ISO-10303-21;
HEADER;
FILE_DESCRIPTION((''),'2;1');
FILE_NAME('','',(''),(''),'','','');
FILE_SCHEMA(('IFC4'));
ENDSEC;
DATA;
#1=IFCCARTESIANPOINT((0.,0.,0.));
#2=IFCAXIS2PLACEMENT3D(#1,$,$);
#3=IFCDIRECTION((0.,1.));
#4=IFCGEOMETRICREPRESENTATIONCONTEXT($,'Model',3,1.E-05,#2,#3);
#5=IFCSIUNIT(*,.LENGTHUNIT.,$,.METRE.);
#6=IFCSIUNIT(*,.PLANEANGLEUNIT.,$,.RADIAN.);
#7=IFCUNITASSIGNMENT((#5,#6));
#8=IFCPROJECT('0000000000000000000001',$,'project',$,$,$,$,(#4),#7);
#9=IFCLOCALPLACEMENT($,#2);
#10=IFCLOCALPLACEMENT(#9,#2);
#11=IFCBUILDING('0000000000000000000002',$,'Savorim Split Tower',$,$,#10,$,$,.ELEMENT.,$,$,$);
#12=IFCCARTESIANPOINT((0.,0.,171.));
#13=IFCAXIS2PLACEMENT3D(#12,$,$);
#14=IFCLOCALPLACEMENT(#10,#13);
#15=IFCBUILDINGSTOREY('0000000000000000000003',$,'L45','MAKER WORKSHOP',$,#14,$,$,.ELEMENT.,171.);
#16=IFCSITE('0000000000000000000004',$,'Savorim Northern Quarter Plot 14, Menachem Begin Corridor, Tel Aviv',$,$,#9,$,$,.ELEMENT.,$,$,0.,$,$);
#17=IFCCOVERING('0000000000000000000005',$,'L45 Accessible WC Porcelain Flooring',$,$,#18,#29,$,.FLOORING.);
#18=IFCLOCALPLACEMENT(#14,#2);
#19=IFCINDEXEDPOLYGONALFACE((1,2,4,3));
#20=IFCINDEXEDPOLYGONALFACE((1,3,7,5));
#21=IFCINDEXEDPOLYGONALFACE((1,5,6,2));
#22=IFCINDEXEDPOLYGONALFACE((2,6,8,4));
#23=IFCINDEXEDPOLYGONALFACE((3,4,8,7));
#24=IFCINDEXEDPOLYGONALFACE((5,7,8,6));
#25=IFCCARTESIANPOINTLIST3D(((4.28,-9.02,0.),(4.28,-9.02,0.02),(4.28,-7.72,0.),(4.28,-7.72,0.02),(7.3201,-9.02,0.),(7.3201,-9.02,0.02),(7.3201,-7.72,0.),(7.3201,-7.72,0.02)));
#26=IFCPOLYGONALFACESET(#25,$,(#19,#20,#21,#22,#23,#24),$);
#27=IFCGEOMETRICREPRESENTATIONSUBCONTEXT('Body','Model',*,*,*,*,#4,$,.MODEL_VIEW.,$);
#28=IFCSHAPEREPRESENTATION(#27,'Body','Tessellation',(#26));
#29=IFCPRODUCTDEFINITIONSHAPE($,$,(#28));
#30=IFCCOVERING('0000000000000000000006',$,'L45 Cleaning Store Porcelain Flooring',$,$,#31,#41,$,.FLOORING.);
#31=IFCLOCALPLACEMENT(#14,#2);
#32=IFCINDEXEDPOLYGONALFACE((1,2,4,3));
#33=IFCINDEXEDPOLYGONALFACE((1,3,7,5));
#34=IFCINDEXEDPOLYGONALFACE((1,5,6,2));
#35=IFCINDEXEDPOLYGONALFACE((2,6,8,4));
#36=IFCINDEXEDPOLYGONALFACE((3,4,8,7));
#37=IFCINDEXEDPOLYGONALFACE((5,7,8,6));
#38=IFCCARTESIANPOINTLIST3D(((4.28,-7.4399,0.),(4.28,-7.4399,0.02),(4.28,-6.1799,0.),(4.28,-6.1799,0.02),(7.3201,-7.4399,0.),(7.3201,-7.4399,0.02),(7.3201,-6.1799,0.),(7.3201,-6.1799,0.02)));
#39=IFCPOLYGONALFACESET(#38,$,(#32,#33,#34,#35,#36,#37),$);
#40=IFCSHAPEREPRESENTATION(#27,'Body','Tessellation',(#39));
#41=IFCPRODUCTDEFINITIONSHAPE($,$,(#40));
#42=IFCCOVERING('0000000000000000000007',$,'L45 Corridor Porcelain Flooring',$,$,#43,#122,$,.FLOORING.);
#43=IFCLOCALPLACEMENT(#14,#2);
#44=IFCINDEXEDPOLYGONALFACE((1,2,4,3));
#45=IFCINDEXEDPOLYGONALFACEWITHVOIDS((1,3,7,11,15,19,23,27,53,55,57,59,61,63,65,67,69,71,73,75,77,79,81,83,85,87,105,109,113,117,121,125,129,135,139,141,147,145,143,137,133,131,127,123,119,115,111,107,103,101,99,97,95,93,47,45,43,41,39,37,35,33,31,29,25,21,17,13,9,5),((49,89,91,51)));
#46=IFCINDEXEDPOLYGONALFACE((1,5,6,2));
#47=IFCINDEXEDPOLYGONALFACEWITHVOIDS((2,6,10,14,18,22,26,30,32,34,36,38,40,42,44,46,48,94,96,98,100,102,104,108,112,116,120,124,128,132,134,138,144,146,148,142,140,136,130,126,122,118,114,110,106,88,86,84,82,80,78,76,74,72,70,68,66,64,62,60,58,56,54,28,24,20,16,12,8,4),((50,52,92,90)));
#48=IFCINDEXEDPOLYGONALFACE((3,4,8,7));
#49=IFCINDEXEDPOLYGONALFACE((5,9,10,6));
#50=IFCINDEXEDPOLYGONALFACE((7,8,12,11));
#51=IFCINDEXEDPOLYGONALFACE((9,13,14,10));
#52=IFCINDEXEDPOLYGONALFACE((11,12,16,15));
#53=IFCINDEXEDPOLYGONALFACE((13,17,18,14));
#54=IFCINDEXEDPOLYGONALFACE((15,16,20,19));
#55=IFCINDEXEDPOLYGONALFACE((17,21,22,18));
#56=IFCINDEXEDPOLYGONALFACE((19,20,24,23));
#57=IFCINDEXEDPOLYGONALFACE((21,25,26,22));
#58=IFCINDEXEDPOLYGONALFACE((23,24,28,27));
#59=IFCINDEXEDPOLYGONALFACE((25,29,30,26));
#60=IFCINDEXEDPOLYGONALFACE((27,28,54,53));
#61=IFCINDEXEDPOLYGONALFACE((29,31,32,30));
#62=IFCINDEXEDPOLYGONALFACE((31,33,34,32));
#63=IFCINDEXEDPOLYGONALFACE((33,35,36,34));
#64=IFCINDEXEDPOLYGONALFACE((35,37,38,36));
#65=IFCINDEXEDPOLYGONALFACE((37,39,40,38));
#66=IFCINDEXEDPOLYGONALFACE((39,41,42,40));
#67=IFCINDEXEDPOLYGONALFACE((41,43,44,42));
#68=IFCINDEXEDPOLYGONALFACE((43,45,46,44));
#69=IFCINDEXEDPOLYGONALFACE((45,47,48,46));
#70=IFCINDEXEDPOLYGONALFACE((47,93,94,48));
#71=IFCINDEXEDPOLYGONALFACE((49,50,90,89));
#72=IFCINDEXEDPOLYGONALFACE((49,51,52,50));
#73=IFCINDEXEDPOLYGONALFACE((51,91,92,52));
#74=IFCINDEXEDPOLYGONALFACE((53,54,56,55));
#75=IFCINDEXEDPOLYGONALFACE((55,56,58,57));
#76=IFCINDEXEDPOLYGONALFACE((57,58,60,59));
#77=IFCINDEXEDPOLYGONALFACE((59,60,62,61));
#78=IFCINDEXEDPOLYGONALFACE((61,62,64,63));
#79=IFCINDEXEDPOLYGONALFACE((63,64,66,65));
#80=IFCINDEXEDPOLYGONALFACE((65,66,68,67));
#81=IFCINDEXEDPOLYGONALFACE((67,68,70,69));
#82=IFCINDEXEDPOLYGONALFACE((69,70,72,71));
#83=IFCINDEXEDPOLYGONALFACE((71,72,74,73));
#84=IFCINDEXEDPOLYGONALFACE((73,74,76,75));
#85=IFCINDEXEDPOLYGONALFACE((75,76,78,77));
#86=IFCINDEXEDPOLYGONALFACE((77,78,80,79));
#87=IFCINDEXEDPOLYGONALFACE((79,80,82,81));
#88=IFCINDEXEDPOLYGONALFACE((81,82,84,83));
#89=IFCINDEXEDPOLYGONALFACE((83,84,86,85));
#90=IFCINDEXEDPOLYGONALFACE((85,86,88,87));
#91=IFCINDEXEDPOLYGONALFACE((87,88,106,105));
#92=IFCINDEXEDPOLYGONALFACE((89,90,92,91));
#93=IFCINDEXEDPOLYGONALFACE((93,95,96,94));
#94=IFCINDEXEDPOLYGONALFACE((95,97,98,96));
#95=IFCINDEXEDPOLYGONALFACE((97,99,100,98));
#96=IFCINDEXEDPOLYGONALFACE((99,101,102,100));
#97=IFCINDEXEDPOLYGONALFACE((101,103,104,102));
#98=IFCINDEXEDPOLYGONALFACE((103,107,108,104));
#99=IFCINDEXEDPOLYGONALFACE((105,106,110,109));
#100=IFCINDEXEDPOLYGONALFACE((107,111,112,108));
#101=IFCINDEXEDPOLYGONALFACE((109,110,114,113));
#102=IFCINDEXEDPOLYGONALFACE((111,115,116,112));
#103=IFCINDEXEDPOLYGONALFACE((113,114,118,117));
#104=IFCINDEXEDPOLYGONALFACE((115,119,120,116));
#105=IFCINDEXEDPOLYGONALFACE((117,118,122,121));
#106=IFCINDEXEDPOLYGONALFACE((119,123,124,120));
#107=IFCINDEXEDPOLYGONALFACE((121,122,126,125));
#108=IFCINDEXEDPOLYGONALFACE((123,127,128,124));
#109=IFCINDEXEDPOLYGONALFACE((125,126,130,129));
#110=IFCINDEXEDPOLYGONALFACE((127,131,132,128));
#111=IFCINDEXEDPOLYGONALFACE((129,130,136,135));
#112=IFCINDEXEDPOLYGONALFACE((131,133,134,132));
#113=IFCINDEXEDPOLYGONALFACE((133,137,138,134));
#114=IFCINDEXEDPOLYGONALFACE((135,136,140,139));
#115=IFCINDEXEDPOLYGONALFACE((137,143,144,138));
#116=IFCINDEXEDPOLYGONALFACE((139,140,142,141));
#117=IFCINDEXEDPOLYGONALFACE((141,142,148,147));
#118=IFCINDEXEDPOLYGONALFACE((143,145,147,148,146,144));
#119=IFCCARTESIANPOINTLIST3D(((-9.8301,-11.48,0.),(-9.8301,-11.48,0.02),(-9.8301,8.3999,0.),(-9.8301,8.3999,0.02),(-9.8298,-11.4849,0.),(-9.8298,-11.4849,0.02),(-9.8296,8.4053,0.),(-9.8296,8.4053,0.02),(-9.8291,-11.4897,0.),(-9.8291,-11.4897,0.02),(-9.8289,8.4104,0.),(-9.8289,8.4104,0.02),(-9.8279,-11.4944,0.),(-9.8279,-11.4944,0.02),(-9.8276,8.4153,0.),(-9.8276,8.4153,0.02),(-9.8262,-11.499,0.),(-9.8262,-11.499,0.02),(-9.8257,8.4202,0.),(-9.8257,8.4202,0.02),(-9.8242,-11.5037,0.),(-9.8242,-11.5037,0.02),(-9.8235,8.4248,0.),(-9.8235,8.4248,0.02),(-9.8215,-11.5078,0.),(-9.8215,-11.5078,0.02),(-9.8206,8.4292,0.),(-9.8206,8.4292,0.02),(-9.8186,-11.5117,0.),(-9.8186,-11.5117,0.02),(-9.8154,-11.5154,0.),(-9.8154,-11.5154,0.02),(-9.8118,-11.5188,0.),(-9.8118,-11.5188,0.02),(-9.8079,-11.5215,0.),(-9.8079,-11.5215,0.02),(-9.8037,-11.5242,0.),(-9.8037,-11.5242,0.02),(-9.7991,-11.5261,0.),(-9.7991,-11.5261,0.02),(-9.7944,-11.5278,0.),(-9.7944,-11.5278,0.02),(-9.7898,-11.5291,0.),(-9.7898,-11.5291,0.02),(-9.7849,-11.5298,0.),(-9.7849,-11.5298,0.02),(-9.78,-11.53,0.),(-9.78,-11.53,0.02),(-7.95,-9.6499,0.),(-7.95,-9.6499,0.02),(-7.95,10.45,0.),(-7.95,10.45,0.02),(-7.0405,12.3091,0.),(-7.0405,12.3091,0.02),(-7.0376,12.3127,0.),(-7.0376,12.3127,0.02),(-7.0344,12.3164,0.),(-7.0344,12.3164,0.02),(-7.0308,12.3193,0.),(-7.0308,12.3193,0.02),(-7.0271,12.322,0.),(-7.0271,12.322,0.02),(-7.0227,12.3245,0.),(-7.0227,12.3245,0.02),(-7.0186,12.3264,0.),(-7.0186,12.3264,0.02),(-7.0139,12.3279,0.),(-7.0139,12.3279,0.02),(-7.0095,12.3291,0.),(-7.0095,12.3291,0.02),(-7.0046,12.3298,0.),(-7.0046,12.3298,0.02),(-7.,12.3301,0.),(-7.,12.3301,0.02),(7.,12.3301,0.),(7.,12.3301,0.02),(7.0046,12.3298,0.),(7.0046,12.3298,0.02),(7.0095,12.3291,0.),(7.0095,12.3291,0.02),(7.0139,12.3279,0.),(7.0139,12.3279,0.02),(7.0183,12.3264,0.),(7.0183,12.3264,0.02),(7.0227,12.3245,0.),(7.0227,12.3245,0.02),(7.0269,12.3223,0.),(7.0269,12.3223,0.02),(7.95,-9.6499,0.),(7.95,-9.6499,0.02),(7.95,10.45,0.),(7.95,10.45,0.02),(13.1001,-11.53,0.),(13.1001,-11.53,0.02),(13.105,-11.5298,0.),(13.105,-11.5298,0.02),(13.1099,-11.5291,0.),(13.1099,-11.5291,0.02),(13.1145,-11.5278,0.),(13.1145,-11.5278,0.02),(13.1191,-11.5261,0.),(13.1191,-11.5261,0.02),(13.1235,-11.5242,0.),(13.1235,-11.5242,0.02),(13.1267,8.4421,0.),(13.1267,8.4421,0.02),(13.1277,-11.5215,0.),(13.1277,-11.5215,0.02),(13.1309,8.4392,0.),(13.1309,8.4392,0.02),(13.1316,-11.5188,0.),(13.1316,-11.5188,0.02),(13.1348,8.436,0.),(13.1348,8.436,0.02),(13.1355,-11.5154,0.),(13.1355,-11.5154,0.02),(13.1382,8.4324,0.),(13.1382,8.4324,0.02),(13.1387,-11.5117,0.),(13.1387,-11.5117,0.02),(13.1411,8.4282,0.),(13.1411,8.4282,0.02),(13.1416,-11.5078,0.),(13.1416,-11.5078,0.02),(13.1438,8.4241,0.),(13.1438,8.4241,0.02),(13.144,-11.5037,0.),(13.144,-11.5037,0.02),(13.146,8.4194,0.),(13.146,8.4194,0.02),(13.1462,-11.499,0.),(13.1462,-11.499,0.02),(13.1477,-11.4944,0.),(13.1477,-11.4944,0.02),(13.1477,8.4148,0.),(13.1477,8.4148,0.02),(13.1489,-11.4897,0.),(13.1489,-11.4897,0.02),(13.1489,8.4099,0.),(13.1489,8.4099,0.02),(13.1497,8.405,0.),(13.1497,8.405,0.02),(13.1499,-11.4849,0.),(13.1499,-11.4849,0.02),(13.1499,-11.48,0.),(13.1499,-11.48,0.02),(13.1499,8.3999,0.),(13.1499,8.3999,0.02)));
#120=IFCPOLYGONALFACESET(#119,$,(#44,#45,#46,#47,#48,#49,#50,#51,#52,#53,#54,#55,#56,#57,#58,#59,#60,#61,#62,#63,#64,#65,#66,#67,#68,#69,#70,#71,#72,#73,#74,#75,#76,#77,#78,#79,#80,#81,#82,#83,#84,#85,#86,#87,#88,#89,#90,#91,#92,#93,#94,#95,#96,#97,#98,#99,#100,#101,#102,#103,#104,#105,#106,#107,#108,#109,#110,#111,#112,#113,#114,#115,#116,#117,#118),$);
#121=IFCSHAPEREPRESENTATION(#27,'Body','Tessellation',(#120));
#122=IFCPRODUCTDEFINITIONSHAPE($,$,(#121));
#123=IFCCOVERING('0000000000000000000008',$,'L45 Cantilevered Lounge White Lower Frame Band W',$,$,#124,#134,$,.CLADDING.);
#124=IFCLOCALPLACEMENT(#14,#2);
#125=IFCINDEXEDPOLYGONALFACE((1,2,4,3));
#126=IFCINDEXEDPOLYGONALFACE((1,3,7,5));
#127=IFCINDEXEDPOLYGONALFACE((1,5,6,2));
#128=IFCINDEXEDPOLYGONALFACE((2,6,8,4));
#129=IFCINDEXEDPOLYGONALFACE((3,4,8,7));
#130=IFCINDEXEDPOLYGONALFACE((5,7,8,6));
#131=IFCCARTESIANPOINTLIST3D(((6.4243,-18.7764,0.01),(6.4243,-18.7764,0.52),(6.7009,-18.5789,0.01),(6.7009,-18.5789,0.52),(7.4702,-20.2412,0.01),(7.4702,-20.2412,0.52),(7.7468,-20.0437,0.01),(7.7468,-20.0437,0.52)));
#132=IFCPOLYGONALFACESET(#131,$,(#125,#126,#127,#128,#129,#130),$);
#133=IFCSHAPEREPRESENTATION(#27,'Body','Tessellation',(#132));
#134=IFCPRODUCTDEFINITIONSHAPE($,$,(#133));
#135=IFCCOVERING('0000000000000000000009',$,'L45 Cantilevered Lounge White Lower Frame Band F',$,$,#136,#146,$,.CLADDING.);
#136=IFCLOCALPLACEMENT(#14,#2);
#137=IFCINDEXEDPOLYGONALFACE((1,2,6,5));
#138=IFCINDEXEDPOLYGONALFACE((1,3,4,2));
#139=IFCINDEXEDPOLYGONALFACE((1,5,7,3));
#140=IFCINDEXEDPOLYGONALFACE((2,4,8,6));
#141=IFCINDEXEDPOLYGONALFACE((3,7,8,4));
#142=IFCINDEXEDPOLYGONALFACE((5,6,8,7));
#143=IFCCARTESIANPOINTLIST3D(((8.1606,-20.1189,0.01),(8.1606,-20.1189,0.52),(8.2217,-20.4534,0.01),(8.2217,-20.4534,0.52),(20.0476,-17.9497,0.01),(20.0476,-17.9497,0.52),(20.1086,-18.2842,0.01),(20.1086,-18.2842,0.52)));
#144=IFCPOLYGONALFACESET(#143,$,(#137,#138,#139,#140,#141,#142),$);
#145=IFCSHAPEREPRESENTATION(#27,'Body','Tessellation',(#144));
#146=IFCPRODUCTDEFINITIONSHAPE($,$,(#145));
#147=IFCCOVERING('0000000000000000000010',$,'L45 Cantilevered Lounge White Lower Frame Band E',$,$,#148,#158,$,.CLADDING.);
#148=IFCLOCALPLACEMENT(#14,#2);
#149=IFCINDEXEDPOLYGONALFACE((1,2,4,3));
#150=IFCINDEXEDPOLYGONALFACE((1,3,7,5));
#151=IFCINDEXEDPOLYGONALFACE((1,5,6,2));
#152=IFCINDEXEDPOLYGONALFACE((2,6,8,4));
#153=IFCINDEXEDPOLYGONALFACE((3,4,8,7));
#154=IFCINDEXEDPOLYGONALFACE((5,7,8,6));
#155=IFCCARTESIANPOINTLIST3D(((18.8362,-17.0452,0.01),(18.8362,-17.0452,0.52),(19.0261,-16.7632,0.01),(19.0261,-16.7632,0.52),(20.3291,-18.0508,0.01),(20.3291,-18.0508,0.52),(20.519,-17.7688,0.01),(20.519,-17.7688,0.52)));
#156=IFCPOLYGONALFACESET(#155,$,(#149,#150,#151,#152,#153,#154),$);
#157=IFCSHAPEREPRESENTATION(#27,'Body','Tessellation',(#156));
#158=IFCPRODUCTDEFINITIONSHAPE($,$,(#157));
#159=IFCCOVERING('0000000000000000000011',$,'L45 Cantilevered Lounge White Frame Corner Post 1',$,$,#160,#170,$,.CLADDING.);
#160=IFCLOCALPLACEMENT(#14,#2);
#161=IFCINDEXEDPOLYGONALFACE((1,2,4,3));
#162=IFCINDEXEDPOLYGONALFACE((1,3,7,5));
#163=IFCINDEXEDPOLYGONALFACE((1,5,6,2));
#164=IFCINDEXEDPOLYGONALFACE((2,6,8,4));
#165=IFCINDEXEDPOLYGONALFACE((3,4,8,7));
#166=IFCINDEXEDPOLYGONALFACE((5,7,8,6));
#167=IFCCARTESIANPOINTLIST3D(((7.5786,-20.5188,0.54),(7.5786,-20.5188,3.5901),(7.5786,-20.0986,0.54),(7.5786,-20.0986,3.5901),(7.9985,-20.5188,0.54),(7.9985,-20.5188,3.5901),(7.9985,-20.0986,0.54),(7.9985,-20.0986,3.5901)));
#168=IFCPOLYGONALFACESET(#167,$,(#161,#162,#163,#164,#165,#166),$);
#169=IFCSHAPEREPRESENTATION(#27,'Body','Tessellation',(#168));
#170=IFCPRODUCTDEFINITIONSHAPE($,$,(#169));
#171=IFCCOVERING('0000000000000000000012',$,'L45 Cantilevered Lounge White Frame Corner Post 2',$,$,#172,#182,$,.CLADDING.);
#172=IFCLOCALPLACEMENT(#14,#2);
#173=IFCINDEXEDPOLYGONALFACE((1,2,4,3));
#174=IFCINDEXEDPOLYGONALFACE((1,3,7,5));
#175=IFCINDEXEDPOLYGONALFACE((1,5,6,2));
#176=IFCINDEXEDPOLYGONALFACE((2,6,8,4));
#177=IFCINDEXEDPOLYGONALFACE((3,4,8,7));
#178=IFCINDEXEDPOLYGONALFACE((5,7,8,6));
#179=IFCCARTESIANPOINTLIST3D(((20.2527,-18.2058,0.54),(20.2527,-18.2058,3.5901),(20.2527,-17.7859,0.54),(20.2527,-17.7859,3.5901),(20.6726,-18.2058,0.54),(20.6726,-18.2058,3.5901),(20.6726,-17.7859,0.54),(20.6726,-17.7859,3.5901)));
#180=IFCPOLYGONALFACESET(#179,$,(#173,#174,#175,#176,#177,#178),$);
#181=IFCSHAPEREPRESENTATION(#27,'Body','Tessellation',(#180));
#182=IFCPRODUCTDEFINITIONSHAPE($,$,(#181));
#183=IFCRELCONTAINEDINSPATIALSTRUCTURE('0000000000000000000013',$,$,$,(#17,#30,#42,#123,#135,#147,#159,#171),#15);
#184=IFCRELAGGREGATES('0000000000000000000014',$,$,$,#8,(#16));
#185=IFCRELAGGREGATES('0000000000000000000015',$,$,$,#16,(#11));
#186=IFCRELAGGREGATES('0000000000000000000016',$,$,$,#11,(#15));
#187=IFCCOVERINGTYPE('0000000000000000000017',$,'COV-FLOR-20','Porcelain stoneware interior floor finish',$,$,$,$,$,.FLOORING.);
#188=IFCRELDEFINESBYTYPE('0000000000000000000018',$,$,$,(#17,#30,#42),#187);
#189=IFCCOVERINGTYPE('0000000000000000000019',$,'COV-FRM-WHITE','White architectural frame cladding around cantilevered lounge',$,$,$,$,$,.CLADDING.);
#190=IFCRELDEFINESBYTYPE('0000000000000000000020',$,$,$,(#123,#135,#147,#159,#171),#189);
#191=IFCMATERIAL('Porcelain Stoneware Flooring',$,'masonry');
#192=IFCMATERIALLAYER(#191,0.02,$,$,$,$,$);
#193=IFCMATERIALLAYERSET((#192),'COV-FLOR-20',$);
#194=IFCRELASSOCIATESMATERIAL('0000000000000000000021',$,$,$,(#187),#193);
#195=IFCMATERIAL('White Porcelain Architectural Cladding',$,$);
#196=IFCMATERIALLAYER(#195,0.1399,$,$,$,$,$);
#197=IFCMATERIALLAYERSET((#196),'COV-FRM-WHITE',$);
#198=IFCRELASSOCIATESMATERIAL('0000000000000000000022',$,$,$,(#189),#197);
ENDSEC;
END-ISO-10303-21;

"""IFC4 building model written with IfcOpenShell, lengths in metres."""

from ifc_helpers import new_model, si_unit, direction, frame, origin, place, context, subcontext, project, spatial, polyline, outline, extrude, material, layer, layer_set, type_object, element, save


model = new_model("IFC4")

# Units and contexts
model_context = context("Model", 3, precision=1e-05, world=origin(), true_north=direction((0.0, 1.0)))
body_context = subcontext(model_context, "Body", "Model", "MODEL_VIEW")
ifc_project = project(units=[si_unit("LENGTHUNIT", "METRE"), si_unit("PLANEANGLEUNIT", "RADIAN")], contexts=[model_context])

# Site, building, storey
site_placement = place(None, origin())
site = spatial("IfcSite", under=ifc_project, at=site_placement, Name="Savorim Northern Quarter Plot 14, Menachem Begin Corridor, Tel Aviv", CompositionType="ELEMENT", RefElevation=0.0)
building_placement = place(site_placement, origin())
building = spatial("IfcBuilding", under=site, at=building_placement, Name="Savorim Split Tower", CompositionType="ELEMENT")
storey_placement = place(building_placement, frame((0.0, 0.0, 171.0)))
storey = spatial("IfcBuildingStorey", under=building, at=storey_placement, Name="L45", Description="MAKER WORKSHOP", CompositionType="ELEMENT", Elevation=171.0)

# Coverings
ifc_material_1 = material(Name="Porcelain Stoneware Flooring", Category="masonry")
ifc_layer_1 = layer(ifc_material_1, 0.02)
ifc_layer_set_1 = layer_set([ifc_layer_1], Name="COV-FLOR-20")
covering_type_1 = type_object("IfcCoveringType", Name="COV-FLOR-20", Description="Porcelain stoneware interior floor finish", PredefinedType="FLOORING", material=ifc_layer_set_1)
covering_1_placement = place(storey_placement, origin())
element("IfcCovering", 1, at=covering_1_placement, inside=storey, type_object=covering_type_1, Name="L45 Accessible WC Porcelain Flooring", PredefinedType="FLOORING", context=body_context, shape_type="SweptSolid", body=[
    extrude(outline(polyline([(4.28, -7.72), (4.28, -9.02), (7.3201, -9.02), (7.3201, -7.72), (4.28, -7.72)])), origin(), (0.0, 0.0, 1.0), 0.02),
])
covering_2_placement = place(storey_placement, origin())
element("IfcCovering", 2, at=covering_2_placement, inside=storey, type_object=covering_type_1, Name="L45 Cleaning Store Porcelain Flooring", PredefinedType="FLOORING", context=body_context, shape_type="SweptSolid", body=[
    extrude(outline(polyline([(4.28, -6.1799), (4.28, -7.4399), (7.3201, -7.4399), (7.3201, -6.1799), (4.28, -6.1799)])), origin(), (0.0, 0.0, 1.0), 0.02),
])
covering_3_placement = place(storey_placement, origin())
element("IfcCovering", 3, at=covering_3_placement, inside=storey, type_object=covering_type_1, Name="L45 Corridor Porcelain Flooring", PredefinedType="FLOORING", context=body_context, shape_type="SweptSolid", body=[
    extrude(outline(polyline([(7.0095, 12.3291), (7.0046, 12.3298), (7.0, 12.3301), (-7.0, 12.3301), (-7.0046, 12.3298), (-7.0095, 12.3291), (-7.0139, 12.3279), (-7.0186, 12.3264), (-7.0227, 12.3245), (-7.0271, 12.322), (-7.0308, 12.3193), (-7.0344, 12.3164), (-7.0376, 12.3127), (-7.0405, 12.3091), (-9.8206, 8.4292), (-9.8235, 8.4248), (-9.8257, 8.4202), (-9.8276, 8.4153), (-9.8289, 8.4104), (-9.8296, 8.4053), (-9.8301, 8.3999), (-9.8301, -11.48), (-9.8298, -11.4849), (-9.8291, -11.4897), (-9.8279, -11.4944), (-9.8262, -11.499), (-9.8242, -11.5037), (-9.8215, -11.5078), (-9.8186, -11.5117), (-9.8154, -11.5154), (-9.8118, -11.5188), (-9.8079, -11.5215), (-9.8037, -11.5242), (-9.7991, -11.5261), (-9.7944, -11.5278), (-9.7898, -11.5291), (-9.7849, -11.5298), (-9.78, -11.53), (13.1001, -11.53), (13.105, -11.5298), (13.1099, -11.5291), (13.1145, -11.5278), (13.1191, -11.5261), (13.1235, -11.5242), (13.1277, -11.5215), (13.1316, -11.5188), (13.1355, -11.5154), (13.1387, -11.5117), (13.1416, -11.5078), (13.144, -11.5037), (13.1462, -11.499), (13.1477, -11.4944), (13.1489, -11.4897), (13.1499, -11.4849), (13.1499, -11.48), (13.1499, 8.3999), (13.1497, 8.405), (13.1489, 8.4099), (13.1477, 8.4148), (13.146, 8.4194), (13.1438, 8.4241), (13.1411, 8.4282), (13.1382, 8.4324), (13.1348, 8.436), (13.1309, 8.4392), (13.1267, 8.4421), (7.0269, 12.3223), (7.0227, 12.3245), (7.0183, 12.3264), (7.0139, 12.3279), (7.0095, 12.3291)]), holes=[polyline([(-7.95, 10.45), (-7.95, -9.6499), (7.95, -9.6499), (7.95, 10.45), (-7.95, 10.45)])]), origin(), (0.0, 0.0, 1.0), 0.02),
])
ifc_material_2 = material(Name="White Porcelain Architectural Cladding")
ifc_layer_2 = layer(ifc_material_2, 0.1399)
ifc_layer_set_2 = layer_set([ifc_layer_2], Name="COV-FRM-WHITE")
covering_type_2 = type_object("IfcCoveringType", Name="COV-FRM-WHITE", Description="White architectural frame cladding around cantilevered lounge", PredefinedType="CLADDING", material=ifc_layer_set_2)
covering_4_placement = place(storey_placement, frame((0.0, 0.0, 0.01)))
element("IfcCovering", 4, at=covering_4_placement, inside=storey, type_object=covering_type_2, Name="L45 Cantilevered Lounge White Lower Frame Band W", PredefinedType="CLADDING", context=body_context, shape_type="SweptSolid", body=[
    extrude(outline(polyline([(6.4243, -18.7764), (7.4702, -20.2412), (7.7468, -20.0437), (6.7009, -18.5789), (6.4243, -18.7764)])), origin(), (0.0, 0.0, 1.0), 0.51),
])
covering_5_placement = place(storey_placement, frame((0.0, 0.0, 0.01)))
element("IfcCovering", 5, at=covering_5_placement, inside=storey, type_object=covering_type_2, Name="L45 Cantilevered Lounge White Lower Frame Band F", PredefinedType="CLADDING", context=body_context, shape_type="SweptSolid", body=[
    extrude(outline(polyline([(8.2217, -20.4534), (20.1086, -18.2842), (20.0476, -17.9497), (8.1606, -20.1189), (8.2217, -20.4534)])), origin(), (0.0, 0.0, 1.0), 0.51),
])
covering_6_placement = place(storey_placement, frame((0.0, 0.0, 0.01)))
element("IfcCovering", 6, at=covering_6_placement, inside=storey, type_object=covering_type_2, Name="L45 Cantilevered Lounge White Lower Frame Band E", PredefinedType="CLADDING", context=body_context, shape_type="SweptSolid", body=[
    extrude(outline(polyline([(20.519, -17.7688), (19.0261, -16.7632), (18.8362, -17.0452), (20.3291, -18.0508), (20.519, -17.7688)])), origin(), (0.0, 0.0, 1.0), 0.51),
])
covering_7_placement = place(storey_placement, frame((0.0, 0.0, 0.54)))
element("IfcCovering", 7, at=covering_7_placement, inside=storey, type_object=covering_type_2, Name="L45 Cantilevered Lounge White Frame Corner Post 1", PredefinedType="CLADDING", context=body_context, shape_type="SweptSolid", body=[
    extrude(outline(polyline([(7.5786, -20.5188), (7.9985, -20.5188), (7.9985, -20.0986), (7.5786, -20.0986), (7.5786, -20.5188)])), origin(), (0.0, 0.0, 1.0), 3.05),
])
covering_8_placement = place(storey_placement, frame((0.0, 0.0, 0.54)))
element("IfcCovering", 8, at=covering_8_placement, inside=storey, type_object=covering_type_2, Name="L45 Cantilevered Lounge White Frame Corner Post 2", PredefinedType="CLADDING", context=body_context, shape_type="SweptSolid", body=[
    extrude(outline(polyline([(20.2527, -18.2058), (20.6726, -18.2058), (20.6726, -17.7859), (20.2527, -17.7859), (20.2527, -18.2058)])), origin(), (0.0, 0.0, 1.0), 3.05),
])

save(model, "model.ifc")
